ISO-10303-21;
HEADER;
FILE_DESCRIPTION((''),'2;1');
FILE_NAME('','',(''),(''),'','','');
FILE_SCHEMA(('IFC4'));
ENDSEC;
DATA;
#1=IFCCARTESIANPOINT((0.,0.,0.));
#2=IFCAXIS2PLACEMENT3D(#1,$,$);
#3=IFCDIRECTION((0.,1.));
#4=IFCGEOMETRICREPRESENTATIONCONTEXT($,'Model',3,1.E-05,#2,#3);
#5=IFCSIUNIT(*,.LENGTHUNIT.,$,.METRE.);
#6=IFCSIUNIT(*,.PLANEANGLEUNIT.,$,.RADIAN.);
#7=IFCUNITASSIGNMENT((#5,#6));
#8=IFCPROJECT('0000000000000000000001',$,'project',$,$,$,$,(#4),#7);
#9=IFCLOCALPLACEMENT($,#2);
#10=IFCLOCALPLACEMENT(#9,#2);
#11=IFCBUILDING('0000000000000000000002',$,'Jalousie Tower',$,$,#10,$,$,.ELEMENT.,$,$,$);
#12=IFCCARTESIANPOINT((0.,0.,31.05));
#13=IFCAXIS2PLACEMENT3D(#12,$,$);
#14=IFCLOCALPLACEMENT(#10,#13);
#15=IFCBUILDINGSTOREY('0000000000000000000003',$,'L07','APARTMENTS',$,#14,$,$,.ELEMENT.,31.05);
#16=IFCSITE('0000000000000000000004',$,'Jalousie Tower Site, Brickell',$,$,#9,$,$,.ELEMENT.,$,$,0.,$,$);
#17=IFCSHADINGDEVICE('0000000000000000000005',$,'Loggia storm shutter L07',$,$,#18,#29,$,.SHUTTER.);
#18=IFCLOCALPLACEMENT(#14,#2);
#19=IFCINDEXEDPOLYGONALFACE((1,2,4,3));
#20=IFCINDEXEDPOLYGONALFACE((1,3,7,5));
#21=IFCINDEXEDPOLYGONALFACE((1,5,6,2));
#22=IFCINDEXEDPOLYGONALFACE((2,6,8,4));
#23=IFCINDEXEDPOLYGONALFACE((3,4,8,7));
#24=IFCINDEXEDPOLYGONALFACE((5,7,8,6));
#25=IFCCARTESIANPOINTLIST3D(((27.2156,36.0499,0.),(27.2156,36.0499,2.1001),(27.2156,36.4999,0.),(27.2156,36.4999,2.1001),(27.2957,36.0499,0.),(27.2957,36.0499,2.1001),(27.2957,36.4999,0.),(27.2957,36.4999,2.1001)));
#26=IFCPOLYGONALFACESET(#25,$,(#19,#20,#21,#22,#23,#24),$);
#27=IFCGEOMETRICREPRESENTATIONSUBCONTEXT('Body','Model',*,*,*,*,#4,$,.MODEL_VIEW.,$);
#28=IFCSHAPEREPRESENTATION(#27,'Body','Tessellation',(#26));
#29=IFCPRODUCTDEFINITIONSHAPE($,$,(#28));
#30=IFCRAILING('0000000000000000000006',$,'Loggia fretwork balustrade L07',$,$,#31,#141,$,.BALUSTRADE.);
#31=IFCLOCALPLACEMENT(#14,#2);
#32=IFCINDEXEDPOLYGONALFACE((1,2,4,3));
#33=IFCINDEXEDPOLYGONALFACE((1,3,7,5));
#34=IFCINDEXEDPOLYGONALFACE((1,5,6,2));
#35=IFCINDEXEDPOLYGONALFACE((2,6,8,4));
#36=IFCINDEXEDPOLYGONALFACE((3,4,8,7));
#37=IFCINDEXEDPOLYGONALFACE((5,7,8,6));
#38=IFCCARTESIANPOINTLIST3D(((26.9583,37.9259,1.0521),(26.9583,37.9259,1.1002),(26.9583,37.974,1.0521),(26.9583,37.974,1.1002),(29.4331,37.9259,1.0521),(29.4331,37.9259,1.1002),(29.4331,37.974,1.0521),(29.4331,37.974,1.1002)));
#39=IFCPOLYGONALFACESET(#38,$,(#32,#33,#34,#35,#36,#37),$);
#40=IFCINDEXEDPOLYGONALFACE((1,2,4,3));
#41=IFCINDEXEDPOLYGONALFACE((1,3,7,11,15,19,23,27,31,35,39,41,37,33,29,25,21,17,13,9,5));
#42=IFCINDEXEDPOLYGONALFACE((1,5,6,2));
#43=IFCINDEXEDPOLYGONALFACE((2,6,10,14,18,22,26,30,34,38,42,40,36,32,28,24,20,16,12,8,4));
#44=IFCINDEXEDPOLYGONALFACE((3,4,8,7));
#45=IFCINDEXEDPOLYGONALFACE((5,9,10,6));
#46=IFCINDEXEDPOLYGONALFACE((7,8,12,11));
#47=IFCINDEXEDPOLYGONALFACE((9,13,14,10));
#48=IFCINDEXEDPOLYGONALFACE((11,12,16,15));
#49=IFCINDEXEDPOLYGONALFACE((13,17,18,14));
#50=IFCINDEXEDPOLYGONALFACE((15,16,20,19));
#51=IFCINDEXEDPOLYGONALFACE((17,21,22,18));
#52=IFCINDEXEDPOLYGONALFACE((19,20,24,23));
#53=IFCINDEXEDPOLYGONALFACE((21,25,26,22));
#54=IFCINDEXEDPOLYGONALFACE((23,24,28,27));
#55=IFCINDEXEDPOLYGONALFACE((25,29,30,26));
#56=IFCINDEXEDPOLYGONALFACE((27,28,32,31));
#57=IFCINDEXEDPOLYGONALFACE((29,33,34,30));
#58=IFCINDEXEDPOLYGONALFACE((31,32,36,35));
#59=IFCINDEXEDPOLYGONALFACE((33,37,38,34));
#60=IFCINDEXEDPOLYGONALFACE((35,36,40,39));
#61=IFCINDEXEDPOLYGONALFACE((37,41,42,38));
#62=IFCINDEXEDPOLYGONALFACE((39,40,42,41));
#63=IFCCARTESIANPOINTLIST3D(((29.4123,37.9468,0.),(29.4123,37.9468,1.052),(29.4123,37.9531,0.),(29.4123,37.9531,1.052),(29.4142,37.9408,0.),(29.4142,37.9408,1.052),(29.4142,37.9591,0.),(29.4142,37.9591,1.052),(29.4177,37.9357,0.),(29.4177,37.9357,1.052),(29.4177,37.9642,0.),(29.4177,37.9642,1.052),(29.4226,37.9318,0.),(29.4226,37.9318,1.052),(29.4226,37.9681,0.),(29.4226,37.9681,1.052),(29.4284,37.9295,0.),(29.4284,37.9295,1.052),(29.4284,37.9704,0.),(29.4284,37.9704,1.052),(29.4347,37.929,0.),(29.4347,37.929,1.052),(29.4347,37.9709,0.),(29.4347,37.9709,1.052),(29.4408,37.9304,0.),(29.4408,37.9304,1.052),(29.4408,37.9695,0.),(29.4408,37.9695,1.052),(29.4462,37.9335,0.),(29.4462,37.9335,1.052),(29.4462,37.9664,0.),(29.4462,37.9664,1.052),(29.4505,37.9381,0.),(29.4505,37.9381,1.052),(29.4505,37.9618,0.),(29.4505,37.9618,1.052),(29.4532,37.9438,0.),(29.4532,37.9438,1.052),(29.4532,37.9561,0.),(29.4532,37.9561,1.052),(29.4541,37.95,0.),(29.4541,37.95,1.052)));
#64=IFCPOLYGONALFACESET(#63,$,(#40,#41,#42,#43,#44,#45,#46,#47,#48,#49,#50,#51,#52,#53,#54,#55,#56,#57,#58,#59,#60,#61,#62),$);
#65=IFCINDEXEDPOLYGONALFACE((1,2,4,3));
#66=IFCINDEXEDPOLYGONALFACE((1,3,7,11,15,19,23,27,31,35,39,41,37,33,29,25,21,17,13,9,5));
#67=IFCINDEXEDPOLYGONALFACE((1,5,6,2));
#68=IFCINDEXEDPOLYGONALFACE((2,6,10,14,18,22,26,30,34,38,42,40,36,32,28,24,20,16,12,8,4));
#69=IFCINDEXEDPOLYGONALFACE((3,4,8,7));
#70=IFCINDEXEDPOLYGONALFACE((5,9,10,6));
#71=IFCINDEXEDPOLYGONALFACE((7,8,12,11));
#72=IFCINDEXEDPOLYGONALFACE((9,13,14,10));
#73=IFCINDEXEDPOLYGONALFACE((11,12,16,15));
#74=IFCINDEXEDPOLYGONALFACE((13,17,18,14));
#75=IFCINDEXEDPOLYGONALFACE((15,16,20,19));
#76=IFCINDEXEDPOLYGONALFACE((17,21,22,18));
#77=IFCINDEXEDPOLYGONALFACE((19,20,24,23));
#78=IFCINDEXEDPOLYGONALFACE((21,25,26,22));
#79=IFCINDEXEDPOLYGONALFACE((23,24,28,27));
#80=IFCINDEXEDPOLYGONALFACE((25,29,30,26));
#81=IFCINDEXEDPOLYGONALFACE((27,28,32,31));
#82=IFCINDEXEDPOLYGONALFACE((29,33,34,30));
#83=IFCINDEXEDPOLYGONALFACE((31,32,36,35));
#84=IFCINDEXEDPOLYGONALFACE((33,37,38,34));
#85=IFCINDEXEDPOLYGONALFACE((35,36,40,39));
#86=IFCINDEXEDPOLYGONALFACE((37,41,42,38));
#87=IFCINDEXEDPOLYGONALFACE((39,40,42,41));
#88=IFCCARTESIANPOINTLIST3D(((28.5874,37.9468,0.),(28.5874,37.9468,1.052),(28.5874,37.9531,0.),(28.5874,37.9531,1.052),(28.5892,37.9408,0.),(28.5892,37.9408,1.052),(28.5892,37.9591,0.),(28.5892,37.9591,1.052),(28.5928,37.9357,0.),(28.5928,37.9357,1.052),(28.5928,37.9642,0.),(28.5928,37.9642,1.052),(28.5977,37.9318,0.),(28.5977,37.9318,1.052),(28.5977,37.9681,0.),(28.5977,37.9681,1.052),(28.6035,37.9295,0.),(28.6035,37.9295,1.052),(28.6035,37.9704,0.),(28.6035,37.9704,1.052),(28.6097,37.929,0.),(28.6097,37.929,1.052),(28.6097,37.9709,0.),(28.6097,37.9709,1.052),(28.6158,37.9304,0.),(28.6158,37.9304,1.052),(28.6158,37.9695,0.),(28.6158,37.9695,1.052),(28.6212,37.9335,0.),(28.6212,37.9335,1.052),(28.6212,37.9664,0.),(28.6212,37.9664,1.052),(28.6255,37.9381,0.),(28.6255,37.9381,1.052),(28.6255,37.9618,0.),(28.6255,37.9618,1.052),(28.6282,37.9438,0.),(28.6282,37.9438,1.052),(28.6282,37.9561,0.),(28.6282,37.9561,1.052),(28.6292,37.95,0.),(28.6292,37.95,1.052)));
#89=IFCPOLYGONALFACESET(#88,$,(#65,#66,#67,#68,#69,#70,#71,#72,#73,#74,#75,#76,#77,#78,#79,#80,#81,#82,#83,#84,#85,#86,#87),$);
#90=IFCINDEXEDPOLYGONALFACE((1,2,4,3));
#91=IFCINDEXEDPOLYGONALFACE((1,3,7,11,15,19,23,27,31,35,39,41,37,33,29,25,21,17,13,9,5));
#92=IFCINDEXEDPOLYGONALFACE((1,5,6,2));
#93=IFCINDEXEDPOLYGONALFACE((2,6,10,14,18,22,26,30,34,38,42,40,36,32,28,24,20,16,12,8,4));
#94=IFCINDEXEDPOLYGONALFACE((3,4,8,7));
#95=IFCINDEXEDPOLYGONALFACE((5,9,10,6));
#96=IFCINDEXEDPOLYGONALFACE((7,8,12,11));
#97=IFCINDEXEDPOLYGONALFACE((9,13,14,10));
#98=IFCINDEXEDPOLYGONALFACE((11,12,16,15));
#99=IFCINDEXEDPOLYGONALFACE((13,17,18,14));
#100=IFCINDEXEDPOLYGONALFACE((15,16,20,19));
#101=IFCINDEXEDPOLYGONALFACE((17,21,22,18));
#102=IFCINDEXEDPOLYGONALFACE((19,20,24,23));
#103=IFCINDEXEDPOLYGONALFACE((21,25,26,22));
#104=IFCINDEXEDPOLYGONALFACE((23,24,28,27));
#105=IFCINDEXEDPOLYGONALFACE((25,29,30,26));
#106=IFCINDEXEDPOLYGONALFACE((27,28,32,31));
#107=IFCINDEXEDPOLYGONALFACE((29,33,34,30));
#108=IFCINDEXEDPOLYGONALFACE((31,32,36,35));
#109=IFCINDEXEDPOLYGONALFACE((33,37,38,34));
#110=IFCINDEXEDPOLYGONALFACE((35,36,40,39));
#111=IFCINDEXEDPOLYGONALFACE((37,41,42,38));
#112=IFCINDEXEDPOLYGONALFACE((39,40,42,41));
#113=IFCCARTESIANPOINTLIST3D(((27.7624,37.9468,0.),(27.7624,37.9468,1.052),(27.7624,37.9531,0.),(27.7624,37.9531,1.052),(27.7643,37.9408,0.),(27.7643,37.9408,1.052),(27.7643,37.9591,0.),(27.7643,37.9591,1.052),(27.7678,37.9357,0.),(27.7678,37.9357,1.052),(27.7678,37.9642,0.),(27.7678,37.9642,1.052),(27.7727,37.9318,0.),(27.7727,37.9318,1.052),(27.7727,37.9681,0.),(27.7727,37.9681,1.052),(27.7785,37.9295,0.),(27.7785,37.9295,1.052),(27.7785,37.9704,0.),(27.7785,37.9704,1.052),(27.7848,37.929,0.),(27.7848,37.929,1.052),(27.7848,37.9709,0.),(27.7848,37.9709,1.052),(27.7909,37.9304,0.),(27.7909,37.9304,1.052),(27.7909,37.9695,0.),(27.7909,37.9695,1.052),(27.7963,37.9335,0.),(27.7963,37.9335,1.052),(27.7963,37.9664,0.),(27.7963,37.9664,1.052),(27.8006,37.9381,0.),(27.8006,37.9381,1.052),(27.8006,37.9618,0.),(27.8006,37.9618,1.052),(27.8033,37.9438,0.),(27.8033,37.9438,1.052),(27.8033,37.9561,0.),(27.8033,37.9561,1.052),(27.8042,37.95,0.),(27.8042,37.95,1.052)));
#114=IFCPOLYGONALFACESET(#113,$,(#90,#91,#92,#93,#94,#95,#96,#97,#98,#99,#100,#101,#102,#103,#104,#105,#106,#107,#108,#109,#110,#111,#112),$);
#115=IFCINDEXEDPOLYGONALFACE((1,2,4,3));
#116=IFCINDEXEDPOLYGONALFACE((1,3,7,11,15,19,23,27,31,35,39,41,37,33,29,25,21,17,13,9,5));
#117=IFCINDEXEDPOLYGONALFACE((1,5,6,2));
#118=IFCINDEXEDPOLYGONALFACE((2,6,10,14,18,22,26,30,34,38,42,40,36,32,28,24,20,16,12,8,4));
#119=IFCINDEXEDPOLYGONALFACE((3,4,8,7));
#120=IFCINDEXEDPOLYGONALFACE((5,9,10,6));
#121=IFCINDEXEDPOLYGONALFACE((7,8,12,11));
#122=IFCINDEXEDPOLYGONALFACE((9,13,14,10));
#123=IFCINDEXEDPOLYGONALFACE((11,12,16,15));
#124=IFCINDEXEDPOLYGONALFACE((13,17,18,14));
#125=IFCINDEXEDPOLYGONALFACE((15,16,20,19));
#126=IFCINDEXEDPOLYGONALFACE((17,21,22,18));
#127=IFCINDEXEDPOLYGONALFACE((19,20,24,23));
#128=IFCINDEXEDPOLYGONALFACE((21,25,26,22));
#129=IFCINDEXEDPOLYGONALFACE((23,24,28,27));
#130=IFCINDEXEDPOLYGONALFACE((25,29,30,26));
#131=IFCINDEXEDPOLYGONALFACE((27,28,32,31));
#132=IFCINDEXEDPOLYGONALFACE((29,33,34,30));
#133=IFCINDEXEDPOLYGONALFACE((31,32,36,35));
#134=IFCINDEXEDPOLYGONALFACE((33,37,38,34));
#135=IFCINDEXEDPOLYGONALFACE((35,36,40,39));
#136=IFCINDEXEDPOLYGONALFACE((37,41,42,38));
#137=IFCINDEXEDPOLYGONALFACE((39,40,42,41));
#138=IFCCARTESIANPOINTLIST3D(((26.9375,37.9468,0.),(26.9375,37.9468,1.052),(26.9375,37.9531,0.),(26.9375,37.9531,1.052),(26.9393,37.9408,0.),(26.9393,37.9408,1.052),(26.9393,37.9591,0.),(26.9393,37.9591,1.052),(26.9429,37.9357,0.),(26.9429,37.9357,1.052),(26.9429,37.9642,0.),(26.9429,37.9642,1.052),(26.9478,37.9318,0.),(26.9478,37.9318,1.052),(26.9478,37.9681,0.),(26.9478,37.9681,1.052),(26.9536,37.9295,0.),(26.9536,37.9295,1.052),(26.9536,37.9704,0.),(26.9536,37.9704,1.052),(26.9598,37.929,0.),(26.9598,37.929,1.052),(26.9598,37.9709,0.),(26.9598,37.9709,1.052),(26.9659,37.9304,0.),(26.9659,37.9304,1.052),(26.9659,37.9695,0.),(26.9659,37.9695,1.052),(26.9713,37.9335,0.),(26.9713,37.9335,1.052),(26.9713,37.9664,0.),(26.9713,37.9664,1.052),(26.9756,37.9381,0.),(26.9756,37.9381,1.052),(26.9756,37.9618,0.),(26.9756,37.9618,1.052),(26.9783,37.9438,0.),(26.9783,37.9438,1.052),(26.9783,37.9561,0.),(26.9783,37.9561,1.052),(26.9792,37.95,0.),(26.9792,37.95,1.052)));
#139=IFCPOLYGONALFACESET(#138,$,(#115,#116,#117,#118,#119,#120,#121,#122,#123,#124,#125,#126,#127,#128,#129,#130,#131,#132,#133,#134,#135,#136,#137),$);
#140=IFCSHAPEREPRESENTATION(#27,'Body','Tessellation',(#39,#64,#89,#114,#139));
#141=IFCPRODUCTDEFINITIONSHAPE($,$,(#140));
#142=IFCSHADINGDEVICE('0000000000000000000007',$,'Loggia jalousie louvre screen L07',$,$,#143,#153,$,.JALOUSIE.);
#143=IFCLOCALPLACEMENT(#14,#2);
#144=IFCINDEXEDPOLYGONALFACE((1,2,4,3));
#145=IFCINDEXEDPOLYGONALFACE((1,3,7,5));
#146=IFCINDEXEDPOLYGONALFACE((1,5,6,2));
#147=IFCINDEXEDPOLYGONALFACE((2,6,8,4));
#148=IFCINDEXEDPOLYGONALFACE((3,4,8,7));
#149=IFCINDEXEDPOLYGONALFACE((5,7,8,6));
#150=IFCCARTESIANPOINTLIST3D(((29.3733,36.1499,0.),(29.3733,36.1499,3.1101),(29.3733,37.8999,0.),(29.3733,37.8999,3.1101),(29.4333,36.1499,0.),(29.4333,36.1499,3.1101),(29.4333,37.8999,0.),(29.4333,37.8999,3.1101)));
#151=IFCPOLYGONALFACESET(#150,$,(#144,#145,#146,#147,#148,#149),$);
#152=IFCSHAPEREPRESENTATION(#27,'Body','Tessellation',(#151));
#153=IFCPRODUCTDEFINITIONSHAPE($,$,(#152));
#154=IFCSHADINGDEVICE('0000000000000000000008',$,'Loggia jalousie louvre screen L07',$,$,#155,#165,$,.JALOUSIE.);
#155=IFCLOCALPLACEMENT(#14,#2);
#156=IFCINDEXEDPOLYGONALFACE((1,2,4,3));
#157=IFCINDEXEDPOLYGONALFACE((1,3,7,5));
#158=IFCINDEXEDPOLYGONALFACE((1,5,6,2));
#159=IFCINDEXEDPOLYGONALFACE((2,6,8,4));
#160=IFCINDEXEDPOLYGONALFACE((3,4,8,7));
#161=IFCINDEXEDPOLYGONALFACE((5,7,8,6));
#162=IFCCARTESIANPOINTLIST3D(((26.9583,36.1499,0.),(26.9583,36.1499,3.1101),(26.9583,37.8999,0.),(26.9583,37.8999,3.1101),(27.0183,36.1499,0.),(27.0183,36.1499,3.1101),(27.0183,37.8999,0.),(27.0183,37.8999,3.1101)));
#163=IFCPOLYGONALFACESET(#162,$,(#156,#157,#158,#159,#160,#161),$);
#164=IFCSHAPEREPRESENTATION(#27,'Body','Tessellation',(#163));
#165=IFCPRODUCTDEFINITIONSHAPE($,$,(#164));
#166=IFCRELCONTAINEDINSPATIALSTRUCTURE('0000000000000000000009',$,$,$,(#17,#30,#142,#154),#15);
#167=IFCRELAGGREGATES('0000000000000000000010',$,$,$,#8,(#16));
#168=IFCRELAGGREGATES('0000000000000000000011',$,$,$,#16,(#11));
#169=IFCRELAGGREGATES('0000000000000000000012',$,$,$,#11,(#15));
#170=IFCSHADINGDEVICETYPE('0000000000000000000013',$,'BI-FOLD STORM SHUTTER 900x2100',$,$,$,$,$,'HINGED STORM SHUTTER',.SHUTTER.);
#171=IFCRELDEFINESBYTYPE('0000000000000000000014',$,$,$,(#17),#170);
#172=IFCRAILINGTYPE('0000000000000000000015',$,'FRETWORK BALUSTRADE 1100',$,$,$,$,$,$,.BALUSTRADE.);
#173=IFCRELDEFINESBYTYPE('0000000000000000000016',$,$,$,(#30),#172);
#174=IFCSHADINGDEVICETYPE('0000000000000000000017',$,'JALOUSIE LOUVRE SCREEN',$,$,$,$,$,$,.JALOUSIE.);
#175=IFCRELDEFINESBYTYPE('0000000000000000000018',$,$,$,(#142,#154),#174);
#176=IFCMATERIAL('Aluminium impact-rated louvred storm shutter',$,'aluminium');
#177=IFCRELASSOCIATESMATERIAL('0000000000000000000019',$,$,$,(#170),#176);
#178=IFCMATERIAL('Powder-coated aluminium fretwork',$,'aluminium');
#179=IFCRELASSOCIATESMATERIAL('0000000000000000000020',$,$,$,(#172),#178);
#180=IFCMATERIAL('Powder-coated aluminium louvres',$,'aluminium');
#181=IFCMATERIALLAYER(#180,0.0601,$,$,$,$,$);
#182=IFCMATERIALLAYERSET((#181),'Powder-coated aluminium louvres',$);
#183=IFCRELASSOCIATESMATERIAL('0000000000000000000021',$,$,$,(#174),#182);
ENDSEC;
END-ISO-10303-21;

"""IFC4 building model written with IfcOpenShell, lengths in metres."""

from ifc_helpers import new_model, si_unit, direction, frame, origin, origin_2d, place, context, subcontext, project, spatial, rectangle, circle, extrude, material, layer, layer_set, type_object, element, save


model = new_model("IFC4")

# Units and contexts
model_context = context("Model", 3, precision=1e-05, world=origin(), true_north=direction((0.0, 1.0)))
body_context = subcontext(model_context, "Body", "Model", "MODEL_VIEW")
ifc_project = project(units=[si_unit("LENGTHUNIT", "METRE"), si_unit("PLANEANGLEUNIT", "RADIAN")], contexts=[model_context])

# Site, building, storey
site_placement = place(None, origin())
site = spatial("IfcSite", under=ifc_project, at=site_placement, Name="Jalousie Tower Site, Brickell", CompositionType="ELEMENT", RefElevation=0.0)
building_placement = place(site_placement, origin())
building = spatial("IfcBuilding", under=site, at=building_placement, Name="Jalousie Tower", CompositionType="ELEMENT")
storey_placement = place(building_placement, frame((0.0, 0.0, 31.05)))
storey = spatial("IfcBuildingStorey", under=building, at=storey_placement, Name="L07", Description="APARTMENTS", CompositionType="ELEMENT", Elevation=31.05)

# Shading device
ifc_material_1 = material(Name="Aluminium impact-rated louvred storm shutter", Category="aluminium")
shading_device_type_1 = type_object("IfcShadingDeviceType", Name="BI-FOLD STORM SHUTTER 900x2100", ElementType="HINGED STORM SHUTTER", PredefinedType="SHUTTER", material=ifc_material_1)
for number, where, z_axis, x_axis, name in (
    (1, (27.2556, 36.2749, 0.0), (0.0, 0.0, 1.0), (0.0, -1.0, 0.0), "Loggia storm shutter L07"),
):
    element("IfcShadingDevice", number, at=place(storey_placement, frame(where, z_axis=z_axis, x_axis=x_axis)), inside=storey, type_object=shading_device_type_1, Name=name, PredefinedType="SHUTTER", context=body_context, shape_type="SweptSolid", body=[
        extrude(rectangle(XDim=0.45, YDim=0.0801, at=origin_2d()), origin(), (0.0, 0.0, 1.0), 2.1001),
    ])

# Railing
ifc_material_2 = material(Name="Powder-coated aluminium fretwork", Category="aluminium")
railing_type = type_object("IfcRailingType", Name="FRETWORK BALUSTRADE 1100", PredefinedType="BALUSTRADE", material=ifc_material_2)
railing_placement = place(storey_placement, frame((29.4331, 37.95, 0.0)))
element("IfcRailing", 2, at=railing_placement, inside=storey, type_object=railing_type, Name="Loggia fretwork balustrade L07", PredefinedType="BALUSTRADE", context=body_context, shape_type="SweptSolid", body=[
    extrude(rectangle(XDim=0.0481, YDim=0.0481, at=origin_2d()), frame((0.0, 0.0, 1.0762), z_axis=(-1.0, 0.0, 0.0), x_axis=(0.0, -1.0, 0.0)), (0.0, 0.0, 1.0), 2.4749),
    extrude(circle(Radius=0.021, at=origin_2d()), origin(), (0.0, 0.0, 1.0), 1.052),
    extrude(circle(Radius=0.021, at=origin_2d()), frame((-0.825, 0.0, 0.0)), (0.0, 0.0, 1.0), 1.052),
    extrude(circle(Radius=0.021, at=origin_2d()), frame((-1.6499, 0.0, 0.0)), (0.0, 0.0, 1.0), 1.052),
    extrude(circle(Radius=0.021, at=origin_2d()), frame((-2.4749, 0.0, 0.0)), (0.0, 0.0, 1.0), 1.052),
])

# Shading devices
ifc_material_3 = material(Name="Powder-coated aluminium louvres", Category="aluminium")
ifc_layer_1 = layer(ifc_material_3, 0.0601)
ifc_layer_set_1 = layer_set([ifc_layer_1], Name="Powder-coated aluminium louvres")
shading_device_type_2 = type_object("IfcShadingDeviceType", Name="JALOUSIE LOUVRE SCREEN", PredefinedType="JALOUSIE", material=ifc_layer_set_1)
for number, where, z_axis, x_axis, name in (
    (3, (29.4033, 37.0249, 0.0), (0.0, 0.0, 1.0), (-1.0, 0.0, 0.0), "Loggia jalousie louvre screen L07"),
    (4, (26.9883, 37.0249, 0.0), (0.0, 0.0, 1.0), (-1.0, 0.0, 0.0), "Loggia jalousie louvre screen L07"),
):
    element("IfcShadingDevice", number, at=place(storey_placement, frame(where, z_axis=z_axis, x_axis=x_axis)), inside=storey, type_object=shading_device_type_2, Name=name, PredefinedType="JALOUSIE", context=body_context, shape_type="SweptSolid", body=[
        extrude(rectangle(XDim=0.0601, YDim=1.75, at=origin_2d()), origin(), (0.0, 0.0, 1.0), 3.1101),
    ])

save(model, "model.ifc")
